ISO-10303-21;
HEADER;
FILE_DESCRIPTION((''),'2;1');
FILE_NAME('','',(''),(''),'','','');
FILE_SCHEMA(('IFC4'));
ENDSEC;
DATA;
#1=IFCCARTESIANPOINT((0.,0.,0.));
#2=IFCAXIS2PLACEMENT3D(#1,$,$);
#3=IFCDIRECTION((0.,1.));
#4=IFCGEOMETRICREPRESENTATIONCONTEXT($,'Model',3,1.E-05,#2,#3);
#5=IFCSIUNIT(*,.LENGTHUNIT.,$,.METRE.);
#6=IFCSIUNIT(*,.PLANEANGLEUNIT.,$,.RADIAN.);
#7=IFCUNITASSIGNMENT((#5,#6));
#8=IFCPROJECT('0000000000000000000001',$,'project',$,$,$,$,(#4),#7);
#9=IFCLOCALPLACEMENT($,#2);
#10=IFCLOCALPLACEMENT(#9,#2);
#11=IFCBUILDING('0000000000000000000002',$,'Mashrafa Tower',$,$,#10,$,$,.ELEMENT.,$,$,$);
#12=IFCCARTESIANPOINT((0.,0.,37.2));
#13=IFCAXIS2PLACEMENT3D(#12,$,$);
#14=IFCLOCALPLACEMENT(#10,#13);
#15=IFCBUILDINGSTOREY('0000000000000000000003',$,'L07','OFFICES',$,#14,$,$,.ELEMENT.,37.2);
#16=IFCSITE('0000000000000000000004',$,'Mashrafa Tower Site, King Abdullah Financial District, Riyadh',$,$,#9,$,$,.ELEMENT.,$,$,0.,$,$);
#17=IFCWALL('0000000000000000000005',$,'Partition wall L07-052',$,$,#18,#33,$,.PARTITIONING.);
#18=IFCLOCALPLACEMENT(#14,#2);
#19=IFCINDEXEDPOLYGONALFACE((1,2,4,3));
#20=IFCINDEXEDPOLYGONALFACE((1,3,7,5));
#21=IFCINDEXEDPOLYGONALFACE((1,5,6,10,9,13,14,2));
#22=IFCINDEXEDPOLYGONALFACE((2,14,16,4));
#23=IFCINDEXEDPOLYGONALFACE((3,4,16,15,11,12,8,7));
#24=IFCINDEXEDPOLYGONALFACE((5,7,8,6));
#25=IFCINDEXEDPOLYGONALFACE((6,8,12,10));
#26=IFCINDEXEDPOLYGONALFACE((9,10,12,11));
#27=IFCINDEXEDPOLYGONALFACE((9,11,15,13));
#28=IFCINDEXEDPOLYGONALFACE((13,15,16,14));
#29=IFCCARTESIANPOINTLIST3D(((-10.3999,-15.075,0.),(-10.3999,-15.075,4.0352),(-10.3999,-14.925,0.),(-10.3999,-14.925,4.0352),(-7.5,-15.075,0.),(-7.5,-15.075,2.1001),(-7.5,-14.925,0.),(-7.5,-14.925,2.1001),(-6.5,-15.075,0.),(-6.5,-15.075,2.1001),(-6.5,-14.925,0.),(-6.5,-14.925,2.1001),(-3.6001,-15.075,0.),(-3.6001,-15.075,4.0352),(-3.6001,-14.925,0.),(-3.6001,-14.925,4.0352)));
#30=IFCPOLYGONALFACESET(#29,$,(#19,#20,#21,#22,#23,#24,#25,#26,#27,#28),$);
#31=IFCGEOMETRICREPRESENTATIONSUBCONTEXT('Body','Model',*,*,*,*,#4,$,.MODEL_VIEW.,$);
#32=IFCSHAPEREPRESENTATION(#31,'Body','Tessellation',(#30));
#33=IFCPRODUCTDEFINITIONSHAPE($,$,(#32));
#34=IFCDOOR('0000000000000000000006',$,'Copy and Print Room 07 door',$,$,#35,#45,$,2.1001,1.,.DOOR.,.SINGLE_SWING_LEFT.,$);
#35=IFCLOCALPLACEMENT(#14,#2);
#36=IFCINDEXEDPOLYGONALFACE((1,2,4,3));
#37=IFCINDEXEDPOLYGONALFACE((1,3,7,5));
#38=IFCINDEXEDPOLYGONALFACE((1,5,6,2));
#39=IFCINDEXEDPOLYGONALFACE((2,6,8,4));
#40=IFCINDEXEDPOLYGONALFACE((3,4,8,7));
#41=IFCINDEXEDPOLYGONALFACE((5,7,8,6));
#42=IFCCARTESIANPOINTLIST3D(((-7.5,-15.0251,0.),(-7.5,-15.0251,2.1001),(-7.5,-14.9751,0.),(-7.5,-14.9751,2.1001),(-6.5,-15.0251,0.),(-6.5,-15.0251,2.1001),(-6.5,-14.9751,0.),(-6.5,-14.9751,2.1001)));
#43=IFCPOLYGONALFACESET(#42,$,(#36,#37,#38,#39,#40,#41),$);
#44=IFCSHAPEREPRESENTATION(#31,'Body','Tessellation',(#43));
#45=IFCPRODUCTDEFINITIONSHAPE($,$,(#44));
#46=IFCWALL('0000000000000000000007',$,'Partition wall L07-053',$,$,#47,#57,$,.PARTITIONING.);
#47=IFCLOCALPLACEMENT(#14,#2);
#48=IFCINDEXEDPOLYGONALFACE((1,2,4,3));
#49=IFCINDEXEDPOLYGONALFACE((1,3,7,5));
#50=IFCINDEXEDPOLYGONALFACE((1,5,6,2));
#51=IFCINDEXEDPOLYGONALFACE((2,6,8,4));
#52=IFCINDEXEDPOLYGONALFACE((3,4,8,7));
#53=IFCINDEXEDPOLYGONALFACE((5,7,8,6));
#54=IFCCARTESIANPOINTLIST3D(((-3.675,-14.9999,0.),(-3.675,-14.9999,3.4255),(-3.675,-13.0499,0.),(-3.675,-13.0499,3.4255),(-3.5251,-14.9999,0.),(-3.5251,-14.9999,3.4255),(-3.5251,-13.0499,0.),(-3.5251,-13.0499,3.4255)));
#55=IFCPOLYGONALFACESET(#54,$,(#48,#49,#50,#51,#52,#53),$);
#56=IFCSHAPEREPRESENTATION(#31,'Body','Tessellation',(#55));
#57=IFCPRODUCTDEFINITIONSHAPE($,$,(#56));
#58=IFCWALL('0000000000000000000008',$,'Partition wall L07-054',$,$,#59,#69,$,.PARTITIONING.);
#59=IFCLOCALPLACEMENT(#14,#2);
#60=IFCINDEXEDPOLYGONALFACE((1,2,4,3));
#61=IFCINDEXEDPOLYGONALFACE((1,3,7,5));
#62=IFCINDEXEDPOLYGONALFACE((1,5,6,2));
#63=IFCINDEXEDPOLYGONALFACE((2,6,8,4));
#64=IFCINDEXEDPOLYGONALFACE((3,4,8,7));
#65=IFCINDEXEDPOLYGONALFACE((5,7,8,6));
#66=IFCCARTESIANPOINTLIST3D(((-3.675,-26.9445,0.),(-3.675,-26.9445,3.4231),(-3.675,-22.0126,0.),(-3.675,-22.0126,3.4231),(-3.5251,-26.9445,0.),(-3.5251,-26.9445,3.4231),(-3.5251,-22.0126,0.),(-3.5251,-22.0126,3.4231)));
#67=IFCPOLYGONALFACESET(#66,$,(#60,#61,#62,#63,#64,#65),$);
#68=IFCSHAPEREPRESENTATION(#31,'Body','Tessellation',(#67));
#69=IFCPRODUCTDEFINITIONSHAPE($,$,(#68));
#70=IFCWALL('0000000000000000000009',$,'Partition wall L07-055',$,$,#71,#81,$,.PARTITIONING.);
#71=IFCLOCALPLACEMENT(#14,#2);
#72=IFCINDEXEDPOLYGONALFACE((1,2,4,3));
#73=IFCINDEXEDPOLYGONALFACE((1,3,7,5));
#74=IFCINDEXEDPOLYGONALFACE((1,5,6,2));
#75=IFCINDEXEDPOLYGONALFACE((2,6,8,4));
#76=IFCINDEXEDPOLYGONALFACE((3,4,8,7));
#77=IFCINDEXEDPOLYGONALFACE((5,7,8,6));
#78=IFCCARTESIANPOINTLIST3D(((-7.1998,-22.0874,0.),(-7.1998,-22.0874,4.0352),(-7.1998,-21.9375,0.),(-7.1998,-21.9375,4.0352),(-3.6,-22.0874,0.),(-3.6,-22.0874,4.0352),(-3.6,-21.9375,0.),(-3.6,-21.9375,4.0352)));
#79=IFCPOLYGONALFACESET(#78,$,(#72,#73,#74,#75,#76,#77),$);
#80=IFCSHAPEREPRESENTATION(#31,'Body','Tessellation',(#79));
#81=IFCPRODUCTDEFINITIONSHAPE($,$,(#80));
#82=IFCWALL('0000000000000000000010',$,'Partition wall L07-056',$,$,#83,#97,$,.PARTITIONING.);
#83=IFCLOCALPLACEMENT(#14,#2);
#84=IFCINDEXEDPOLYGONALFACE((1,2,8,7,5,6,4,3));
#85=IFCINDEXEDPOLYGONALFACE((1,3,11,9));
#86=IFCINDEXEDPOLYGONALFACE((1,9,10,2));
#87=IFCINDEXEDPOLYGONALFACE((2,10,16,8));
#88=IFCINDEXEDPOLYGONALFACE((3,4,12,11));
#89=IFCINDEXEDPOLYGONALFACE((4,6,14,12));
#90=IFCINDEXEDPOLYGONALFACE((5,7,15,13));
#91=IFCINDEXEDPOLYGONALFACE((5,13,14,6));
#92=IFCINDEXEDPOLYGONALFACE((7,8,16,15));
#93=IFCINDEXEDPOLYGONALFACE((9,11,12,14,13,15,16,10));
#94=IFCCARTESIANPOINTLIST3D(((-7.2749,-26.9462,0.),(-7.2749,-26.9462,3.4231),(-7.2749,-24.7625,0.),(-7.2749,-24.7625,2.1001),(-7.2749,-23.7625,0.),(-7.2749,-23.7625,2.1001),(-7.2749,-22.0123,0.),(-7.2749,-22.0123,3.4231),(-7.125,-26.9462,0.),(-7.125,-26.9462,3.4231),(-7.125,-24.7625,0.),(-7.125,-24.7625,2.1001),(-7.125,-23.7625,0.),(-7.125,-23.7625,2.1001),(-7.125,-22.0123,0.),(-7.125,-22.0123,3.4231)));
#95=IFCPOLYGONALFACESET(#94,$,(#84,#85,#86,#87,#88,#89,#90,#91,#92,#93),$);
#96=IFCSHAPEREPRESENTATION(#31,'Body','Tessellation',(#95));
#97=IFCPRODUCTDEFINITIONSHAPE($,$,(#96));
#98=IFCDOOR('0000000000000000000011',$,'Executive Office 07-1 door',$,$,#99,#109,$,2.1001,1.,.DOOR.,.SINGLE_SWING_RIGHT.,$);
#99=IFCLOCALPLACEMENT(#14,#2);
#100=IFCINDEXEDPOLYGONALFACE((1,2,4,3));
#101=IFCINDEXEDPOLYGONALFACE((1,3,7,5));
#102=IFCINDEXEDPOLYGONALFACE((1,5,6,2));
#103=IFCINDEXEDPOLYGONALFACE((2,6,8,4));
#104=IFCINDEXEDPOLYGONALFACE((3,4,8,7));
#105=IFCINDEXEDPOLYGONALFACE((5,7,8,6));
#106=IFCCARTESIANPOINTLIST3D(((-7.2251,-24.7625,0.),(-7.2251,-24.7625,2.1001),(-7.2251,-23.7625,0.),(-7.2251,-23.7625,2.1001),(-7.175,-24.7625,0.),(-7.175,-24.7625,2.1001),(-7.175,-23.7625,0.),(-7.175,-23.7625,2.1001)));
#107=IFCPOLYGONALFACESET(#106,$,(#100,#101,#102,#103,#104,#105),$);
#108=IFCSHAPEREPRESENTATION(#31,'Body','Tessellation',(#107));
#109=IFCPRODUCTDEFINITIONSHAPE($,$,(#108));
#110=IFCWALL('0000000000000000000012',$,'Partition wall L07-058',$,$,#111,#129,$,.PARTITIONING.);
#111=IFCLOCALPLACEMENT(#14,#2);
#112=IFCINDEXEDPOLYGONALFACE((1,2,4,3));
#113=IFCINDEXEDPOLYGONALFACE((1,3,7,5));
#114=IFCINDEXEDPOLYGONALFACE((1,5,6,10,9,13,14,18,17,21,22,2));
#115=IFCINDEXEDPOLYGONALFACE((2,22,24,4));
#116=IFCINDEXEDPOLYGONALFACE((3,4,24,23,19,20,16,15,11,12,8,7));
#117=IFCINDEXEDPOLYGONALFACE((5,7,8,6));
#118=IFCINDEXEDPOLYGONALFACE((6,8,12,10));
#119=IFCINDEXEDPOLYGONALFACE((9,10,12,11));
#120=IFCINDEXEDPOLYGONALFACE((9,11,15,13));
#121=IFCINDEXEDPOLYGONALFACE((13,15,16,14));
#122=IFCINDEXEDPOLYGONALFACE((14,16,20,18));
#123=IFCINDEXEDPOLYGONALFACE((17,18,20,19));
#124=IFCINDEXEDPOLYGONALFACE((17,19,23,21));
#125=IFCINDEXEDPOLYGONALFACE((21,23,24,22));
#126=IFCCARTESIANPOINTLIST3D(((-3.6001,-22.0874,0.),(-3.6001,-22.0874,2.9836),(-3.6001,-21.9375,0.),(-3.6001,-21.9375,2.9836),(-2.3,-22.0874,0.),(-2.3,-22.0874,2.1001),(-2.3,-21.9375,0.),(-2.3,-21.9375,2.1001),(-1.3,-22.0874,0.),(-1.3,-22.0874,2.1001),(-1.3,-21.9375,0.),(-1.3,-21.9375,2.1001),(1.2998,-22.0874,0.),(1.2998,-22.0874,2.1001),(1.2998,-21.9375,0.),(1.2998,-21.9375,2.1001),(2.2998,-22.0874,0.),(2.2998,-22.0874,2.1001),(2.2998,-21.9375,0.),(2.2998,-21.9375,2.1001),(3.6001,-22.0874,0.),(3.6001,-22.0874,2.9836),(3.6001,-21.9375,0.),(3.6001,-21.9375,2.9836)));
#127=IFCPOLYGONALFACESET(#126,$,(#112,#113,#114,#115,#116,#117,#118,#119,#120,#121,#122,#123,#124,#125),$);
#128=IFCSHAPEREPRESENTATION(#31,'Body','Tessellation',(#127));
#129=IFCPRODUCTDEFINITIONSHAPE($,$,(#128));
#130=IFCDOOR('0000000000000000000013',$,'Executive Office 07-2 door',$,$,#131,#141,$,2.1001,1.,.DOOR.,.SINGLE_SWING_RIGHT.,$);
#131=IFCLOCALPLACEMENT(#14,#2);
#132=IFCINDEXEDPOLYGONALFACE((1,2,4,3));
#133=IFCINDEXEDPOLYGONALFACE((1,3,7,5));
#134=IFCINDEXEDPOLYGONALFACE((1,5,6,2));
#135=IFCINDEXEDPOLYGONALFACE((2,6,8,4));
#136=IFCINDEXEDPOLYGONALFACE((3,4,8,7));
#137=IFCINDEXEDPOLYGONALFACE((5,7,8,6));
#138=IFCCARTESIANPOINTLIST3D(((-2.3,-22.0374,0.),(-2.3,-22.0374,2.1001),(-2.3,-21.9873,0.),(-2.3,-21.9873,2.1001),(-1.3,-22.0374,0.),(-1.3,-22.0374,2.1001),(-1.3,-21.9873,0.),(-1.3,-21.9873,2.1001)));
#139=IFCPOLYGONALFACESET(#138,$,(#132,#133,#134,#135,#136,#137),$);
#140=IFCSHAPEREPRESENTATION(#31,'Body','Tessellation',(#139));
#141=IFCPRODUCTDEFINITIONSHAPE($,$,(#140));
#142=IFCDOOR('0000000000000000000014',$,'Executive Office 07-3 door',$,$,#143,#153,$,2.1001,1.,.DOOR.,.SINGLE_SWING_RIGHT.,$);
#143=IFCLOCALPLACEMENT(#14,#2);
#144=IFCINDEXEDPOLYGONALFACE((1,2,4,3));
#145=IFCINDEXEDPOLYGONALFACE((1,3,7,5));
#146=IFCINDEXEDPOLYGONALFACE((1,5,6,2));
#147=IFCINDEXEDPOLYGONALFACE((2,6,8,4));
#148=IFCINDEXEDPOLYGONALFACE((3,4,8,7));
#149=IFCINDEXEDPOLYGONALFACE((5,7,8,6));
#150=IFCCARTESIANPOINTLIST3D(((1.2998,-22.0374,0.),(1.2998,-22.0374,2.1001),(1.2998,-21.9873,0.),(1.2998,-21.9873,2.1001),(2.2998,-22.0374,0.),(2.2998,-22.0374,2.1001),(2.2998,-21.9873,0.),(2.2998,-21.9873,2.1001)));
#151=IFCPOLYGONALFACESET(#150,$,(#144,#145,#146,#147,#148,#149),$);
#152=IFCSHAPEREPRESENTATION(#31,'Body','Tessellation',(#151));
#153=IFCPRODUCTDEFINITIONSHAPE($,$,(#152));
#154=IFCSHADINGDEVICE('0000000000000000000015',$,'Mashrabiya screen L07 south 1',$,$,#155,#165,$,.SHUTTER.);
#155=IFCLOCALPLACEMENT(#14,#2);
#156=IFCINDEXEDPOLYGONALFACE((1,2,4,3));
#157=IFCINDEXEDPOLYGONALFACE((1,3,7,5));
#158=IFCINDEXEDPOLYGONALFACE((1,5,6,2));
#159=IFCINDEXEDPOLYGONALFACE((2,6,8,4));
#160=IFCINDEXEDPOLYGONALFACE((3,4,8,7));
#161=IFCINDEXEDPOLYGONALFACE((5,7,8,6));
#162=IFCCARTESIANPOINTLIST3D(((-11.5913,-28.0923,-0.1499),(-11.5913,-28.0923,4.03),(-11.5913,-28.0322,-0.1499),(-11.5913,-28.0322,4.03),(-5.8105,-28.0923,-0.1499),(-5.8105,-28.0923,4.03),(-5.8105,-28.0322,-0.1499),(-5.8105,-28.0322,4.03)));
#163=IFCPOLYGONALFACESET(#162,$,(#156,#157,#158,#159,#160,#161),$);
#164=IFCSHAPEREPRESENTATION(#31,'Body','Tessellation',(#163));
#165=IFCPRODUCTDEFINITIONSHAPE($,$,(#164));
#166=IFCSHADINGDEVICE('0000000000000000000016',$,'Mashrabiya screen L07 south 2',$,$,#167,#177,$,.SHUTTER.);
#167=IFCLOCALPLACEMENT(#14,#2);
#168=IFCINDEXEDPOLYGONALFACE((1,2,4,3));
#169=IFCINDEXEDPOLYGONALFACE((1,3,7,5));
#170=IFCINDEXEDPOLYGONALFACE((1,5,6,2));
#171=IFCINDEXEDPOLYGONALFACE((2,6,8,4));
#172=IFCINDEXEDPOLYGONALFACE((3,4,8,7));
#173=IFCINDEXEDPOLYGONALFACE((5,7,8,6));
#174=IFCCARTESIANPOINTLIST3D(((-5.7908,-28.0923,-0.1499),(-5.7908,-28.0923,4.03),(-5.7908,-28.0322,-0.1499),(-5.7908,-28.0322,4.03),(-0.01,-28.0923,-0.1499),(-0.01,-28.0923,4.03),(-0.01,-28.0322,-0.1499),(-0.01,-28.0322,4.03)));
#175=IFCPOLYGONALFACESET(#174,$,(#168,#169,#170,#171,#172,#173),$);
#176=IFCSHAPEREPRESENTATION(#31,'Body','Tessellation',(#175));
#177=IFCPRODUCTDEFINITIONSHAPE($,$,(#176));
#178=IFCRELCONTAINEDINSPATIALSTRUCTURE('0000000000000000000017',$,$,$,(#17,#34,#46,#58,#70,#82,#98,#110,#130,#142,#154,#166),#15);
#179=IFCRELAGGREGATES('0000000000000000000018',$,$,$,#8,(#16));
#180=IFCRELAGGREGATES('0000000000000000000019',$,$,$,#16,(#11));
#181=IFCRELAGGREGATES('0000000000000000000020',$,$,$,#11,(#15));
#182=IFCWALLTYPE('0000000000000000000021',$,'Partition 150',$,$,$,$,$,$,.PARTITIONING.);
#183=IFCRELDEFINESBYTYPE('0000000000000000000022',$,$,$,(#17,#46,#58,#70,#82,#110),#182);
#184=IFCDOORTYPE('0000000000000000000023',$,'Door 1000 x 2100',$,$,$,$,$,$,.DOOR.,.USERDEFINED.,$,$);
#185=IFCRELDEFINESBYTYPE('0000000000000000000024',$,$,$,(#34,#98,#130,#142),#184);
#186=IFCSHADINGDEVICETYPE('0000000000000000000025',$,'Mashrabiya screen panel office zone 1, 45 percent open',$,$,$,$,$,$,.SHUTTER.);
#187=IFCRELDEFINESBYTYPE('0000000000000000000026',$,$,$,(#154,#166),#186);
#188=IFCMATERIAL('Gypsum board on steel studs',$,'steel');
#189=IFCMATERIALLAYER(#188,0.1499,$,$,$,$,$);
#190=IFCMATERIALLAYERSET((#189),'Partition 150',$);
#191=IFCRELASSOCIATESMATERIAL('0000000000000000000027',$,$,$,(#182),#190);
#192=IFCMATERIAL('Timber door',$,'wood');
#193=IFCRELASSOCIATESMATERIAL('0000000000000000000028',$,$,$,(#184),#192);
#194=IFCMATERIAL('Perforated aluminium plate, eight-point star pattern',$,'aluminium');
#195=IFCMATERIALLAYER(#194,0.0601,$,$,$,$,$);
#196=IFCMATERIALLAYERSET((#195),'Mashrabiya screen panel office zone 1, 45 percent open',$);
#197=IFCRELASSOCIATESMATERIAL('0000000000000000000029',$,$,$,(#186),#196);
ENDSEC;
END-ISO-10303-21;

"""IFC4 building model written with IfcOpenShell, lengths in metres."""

from ifc_helpers import new_model, si_unit, direction, frame, frame_2d, origin, origin_2d, place, context, subcontext, project, spatial, rectangle, extrude, source, transform, mapped, material, layer, layer_set, type_object, type_shapes, element, fill, save


model = new_model("IFC4")

# Units and contexts
model_context = context("Model", 3, precision=1e-05, world=origin(), true_north=direction((0.0, 1.0)))
body_context = subcontext(model_context, "Body", "Model", "MODEL_VIEW")
ifc_project = project(units=[si_unit("LENGTHUNIT", "METRE"), si_unit("PLANEANGLEUNIT", "RADIAN")], contexts=[model_context])

# Site, building, storey
site_placement = place(None, origin())
site = spatial("IfcSite", under=ifc_project, at=site_placement, Name="Mashrafa Tower Site, King Abdullah Financial District, Riyadh", CompositionType="ELEMENT", RefElevation=0.0)
building_placement = place(site_placement, origin())
building = spatial("IfcBuilding", under=site, at=building_placement, Name="Mashrafa Tower", CompositionType="ELEMENT")
storey_placement = place(building_placement, frame((0.0, 0.0, 37.2)))
storey = spatial("IfcBuildingStorey", under=building, at=storey_placement, Name="L07", Description="OFFICES", CompositionType="ELEMENT", Elevation=37.2)

# Wall, opening, door
ifc_material_1 = material(Name="Gypsum board on steel studs", Category="steel")
ifc_layer_1 = layer(ifc_material_1, 0.1499)
ifc_layer_set_1 = layer_set([ifc_layer_1], Name="Partition 150")
wall_type = type_object("IfcWallType", Name="Partition 150", PredefinedType="PARTITIONING", material=ifc_layer_set_1)
wall_1_placement = place(storey_placement, frame((-10.3999, -15.0, 0.0), z_axis=(0.0, 0.0, 1.0), x_axis=(1.0, 0.0, 0.0)))
wall_1 = element("IfcWall", 1, at=wall_1_placement, inside=storey, type_object=wall_type, Name="Partition wall L07-052", PredefinedType="PARTITIONING", context=body_context, shape_type="SweptSolid", body=[
    extrude(rectangle(XDim=6.7998, YDim=0.1499, at=frame_2d((3.3999, 0.0))), origin(), (0.0, 0.0, 1.0), 4.0352),
])
opening_1_placement = place(wall_1_placement, frame((2.8999, 0.0, 0.0)))
opening_1 = element("IfcOpeningElement", 2, at=opening_1_placement, cuts=wall_1, PredefinedType="OPENING", context=body_context, shape_type="SweptSolid", body=[
    extrude(rectangle(XDim=1.0, YDim=2.1001, at=frame_2d((0.5, 1.05))), frame((0.0, 0.085, 0.0), z_axis=(0.0, -1.0, 0.0), x_axis=(1.0, 0.0, 0.0)), (0.0, 0.0, 1.0), 0.1699),
])
ifc_material_2 = material(Name="Timber door", Category="wood")
door_type = type_object("IfcDoorType", Name="Door 1000 x 2100", OperationType="USERDEFINED", PredefinedType="DOOR", material=ifc_material_2)
door_1_placement = place(opening_1_placement, origin())
door_1 = element("IfcDoor", 3, at=door_1_placement, inside=storey, type_object=door_type, Name="Copy and Print Room 07 door", OperationType="SINGLE_SWING_LEFT", OverallHeight=2.1001, OverallWidth=1.0, PredefinedType="DOOR", context=body_context, shape_type="SweptSolid", body=[
    extrude(rectangle(XDim=1.0, YDim=2.1001, at=frame_2d((0.5, 1.05))), frame((0.0, 0.0249, 0.0), z_axis=(0.0, -1.0, 0.0), x_axis=(1.0, 0.0, 0.0)), (0.0, 0.0, 1.0), 0.05),
])
fill(opening_1, door_1)

# Walls
wall_2_placement = place(storey_placement, frame((-3.6001, -15.0, 0.0), z_axis=(0.0, 0.0, 1.0), x_axis=(0.0, 1.0, 0.0)))
element("IfcWall", 4, at=wall_2_placement, inside=storey, type_object=wall_type, Name="Partition wall L07-053", PredefinedType="PARTITIONING", context=body_context, shape_type="SweptSolid", body=[
    extrude(rectangle(XDim=1.95, YDim=0.1499, at=frame_2d((0.9751, 0.0))), origin(), (0.0, 0.0, 1.0), 3.4255),
])
wall_3_placement = place(storey_placement, frame((-3.6001, -26.9443, 0.0), z_axis=(0.0, 0.0, 1.0), x_axis=(0.0, 1.0, 0.0)))
element("IfcWall", 5, at=wall_3_placement, inside=storey, type_object=wall_type, Name="Partition wall L07-054", PredefinedType="PARTITIONING", context=body_context, shape_type="SweptSolid", body=[
    extrude(rectangle(XDim=4.9319, YDim=0.1499, at=frame_2d((2.4658, 0.0))), origin(), (0.0, 0.0, 1.0), 3.4231),
])
wall_4_placement = place(storey_placement, frame((-3.6001, -22.0125, 0.0), z_axis=(0.0, 0.0, 1.0), x_axis=(-1.0, 0.0, 0.0)))
element("IfcWall", 6, at=wall_4_placement, inside=storey, type_object=wall_type, Name="Partition wall L07-055", PredefinedType="PARTITIONING", context=body_context, shape_type="SweptSolid", body=[
    extrude(rectangle(XDim=3.5999, YDim=0.1499, at=frame_2d((1.7998, 0.0))), origin(), (0.0, 0.0, 1.0), 4.0352),
])

# Wall, opening, door
wall_5_placement = place(storey_placement, frame((-7.2, -22.0125, 0.0), z_axis=(0.0, 0.0, 1.0), x_axis=(0.0, -1.0, 0.0)))
wall_5 = element("IfcWall", 7, at=wall_5_placement, inside=storey, type_object=wall_type, Name="Partition wall L07-056", PredefinedType="PARTITIONING", context=body_context, shape_type="SweptSolid", body=[
    extrude(rectangle(XDim=4.9338, YDim=0.1499, at=frame_2d((2.4668, 0.0))), origin(), (0.0, 0.0, 1.0), 3.4231),
])
opening_2_placement = place(wall_5_placement, frame((1.75, 0.0, 0.0)))
opening_2 = element("IfcOpeningElement", 8, at=opening_2_placement, cuts=wall_5, PredefinedType="OPENING", context=body_context, shape_type="SweptSolid", body=[
    extrude(rectangle(XDim=1.0, YDim=2.1001, at=frame_2d((0.5, 1.05))), frame((0.0, 0.085, 0.0), z_axis=(0.0, -1.0, 0.0), x_axis=(1.0, 0.0, 0.0)), (0.0, 0.0, 1.0), 0.1699),
])
door_2_placement = place(opening_2_placement, origin())
door_2 = element("IfcDoor", 9, at=door_2_placement, inside=storey, type_object=door_type, Name="Executive Office 07-1 door", OperationType="SINGLE_SWING_RIGHT", OverallHeight=2.1001, OverallWidth=1.0, PredefinedType="DOOR", context=body_context, shape_type="SweptSolid", body=[
    extrude(rectangle(XDim=1.0, YDim=2.1001, at=frame_2d((0.5, 1.05))), frame((0.0, 0.0249, 0.0), z_axis=(0.0, -1.0, 0.0), x_axis=(1.0, 0.0, 0.0)), (0.0, 0.0, 1.0), 0.05),
])
fill(opening_2, door_2)

# Wall, openings, doors
wall_6_placement = place(storey_placement, frame((-3.6001, -22.0125, 0.0), z_axis=(0.0, 0.0, 1.0), x_axis=(1.0, 0.0, 0.0)))
wall_6 = element("IfcWall", 10, at=wall_6_placement, inside=storey, type_object=wall_type, Name="Partition wall L07-058", PredefinedType="PARTITIONING", context=body_context, shape_type="SweptSolid", body=[
    extrude(rectangle(XDim=7.2002, YDim=0.1499, at=frame_2d((3.6001, 0.0))), origin(), (0.0, 0.0, 1.0), 2.9836),
])
opening_3_placement = place(wall_6_placement, frame((1.3, 0.0, 0.0)))
opening_3 = element("IfcOpeningElement", 11, at=opening_3_placement, cuts=wall_6, PredefinedType="OPENING", context=body_context, shape_type="SweptSolid", body=[
    extrude(rectangle(XDim=1.0, YDim=2.1001, at=frame_2d((0.5, 1.05))), frame((0.0, 0.085, 0.0), z_axis=(0.0, -1.0, 0.0), x_axis=(1.0, 0.0, 0.0)), (0.0, 0.0, 1.0), 0.1699),
])
opening_4_placement = place(wall_6_placement, frame((4.8999, 0.0, 0.0)))
opening_4 = element("IfcOpeningElement", 12, at=opening_4_placement, cuts=wall_6, PredefinedType="OPENING", context=body_context, shape_type="SweptSolid", body=[
    extrude(rectangle(XDim=1.0, YDim=2.1001, at=frame_2d((0.5, 1.05))), frame((0.0, 0.085, 0.0), z_axis=(0.0, -1.0, 0.0), x_axis=(1.0, 0.0, 0.0)), (0.0, 0.0, 1.0), 0.1699),
])
door_3_placement = place(opening_3_placement, frame((1.0, 0.0, 0.0), z_axis=(0.0, 0.0, 1.0), x_axis=(-1.0, 0.0, 0.0)))
door_3 = element("IfcDoor", 13, at=door_3_placement, inside=storey, type_object=door_type, Name="Executive Office 07-2 door", OperationType="SINGLE_SWING_RIGHT", OverallHeight=2.1001, OverallWidth=1.0, PredefinedType="DOOR", context=body_context, shape_type="SweptSolid", body=[
    extrude(rectangle(XDim=1.0, YDim=2.1001, at=frame_2d((0.5, 1.05))), frame((0.0, 0.0249, 0.0), z_axis=(0.0, -1.0, 0.0), x_axis=(1.0, 0.0, 0.0)), (0.0, 0.0, 1.0), 0.05),
])
fill(opening_3, door_3)
door_4_placement = place(opening_4_placement, frame((1.0, 0.0, 0.0), z_axis=(0.0, 0.0, 1.0), x_axis=(-1.0, 0.0, 0.0)))
door_4 = element("IfcDoor", 14, at=door_4_placement, inside=storey, type_object=door_type, Name="Executive Office 07-3 door", OperationType="SINGLE_SWING_RIGHT", OverallHeight=2.1001, OverallWidth=1.0, PredefinedType="DOOR", context=body_context, shape_type="SweptSolid", body=[
    extrude(rectangle(XDim=1.0, YDim=2.1001, at=frame_2d((0.5, 1.05))), frame((0.0, 0.0249, 0.0), z_axis=(0.0, -1.0, 0.0), x_axis=(1.0, 0.0, 0.0)), (0.0, 0.0, 1.0), 0.05),
])
fill(opening_4, door_4)

# Shading devices
ifc_material_3 = material(Name="Perforated aluminium plate, eight-point star pattern", Category="aluminium")
ifc_layer_2 = layer(ifc_material_3, 0.0601)
ifc_layer_set_2 = layer_set([ifc_layer_2], Name="Mashrabiya screen panel office zone 1, 45 percent open")
shading_device_type = type_object("IfcShadingDeviceType", Name="Mashrabiya screen panel office zone 1, 45 percent open", PredefinedType="SHUTTER", material=ifc_layer_set_2)
shared_shape_1 = source(origin(), body_context, "Body", "SweptSolid", [
    extrude(rectangle(XDim=5.7808, YDim=0.0601, at=origin_2d()), origin(), (0.0, 0.0, 1.0), 4.1799),
])
type_shapes(shading_device_type, [shared_shape_1])
for number, where, z_axis, x_axis, name in (
    (15, (-8.7009, -28.0623, -0.1499), (0.0, 0.0, 1.0), (1.0, 0.0, 0.0), "Mashrabiya screen L07 south 1"),
    (16, (-2.9004, -28.0623, -0.1499), (0.0, 0.0, 1.0), (1.0, 0.0, 0.0), "Mashrabiya screen L07 south 2"),
):
    element("IfcShadingDevice", number, at=place(storey_placement, frame(where, z_axis=z_axis, x_axis=x_axis)), inside=storey, type_object=shading_device_type, Name=name, PredefinedType="SHUTTER", context=body_context, shape_type="MappedRepresentation", body=[
        mapped(shared_shape_1, transform((0.0, 0.0, 0.0))),
    ])

save(model, "model.ifc")
